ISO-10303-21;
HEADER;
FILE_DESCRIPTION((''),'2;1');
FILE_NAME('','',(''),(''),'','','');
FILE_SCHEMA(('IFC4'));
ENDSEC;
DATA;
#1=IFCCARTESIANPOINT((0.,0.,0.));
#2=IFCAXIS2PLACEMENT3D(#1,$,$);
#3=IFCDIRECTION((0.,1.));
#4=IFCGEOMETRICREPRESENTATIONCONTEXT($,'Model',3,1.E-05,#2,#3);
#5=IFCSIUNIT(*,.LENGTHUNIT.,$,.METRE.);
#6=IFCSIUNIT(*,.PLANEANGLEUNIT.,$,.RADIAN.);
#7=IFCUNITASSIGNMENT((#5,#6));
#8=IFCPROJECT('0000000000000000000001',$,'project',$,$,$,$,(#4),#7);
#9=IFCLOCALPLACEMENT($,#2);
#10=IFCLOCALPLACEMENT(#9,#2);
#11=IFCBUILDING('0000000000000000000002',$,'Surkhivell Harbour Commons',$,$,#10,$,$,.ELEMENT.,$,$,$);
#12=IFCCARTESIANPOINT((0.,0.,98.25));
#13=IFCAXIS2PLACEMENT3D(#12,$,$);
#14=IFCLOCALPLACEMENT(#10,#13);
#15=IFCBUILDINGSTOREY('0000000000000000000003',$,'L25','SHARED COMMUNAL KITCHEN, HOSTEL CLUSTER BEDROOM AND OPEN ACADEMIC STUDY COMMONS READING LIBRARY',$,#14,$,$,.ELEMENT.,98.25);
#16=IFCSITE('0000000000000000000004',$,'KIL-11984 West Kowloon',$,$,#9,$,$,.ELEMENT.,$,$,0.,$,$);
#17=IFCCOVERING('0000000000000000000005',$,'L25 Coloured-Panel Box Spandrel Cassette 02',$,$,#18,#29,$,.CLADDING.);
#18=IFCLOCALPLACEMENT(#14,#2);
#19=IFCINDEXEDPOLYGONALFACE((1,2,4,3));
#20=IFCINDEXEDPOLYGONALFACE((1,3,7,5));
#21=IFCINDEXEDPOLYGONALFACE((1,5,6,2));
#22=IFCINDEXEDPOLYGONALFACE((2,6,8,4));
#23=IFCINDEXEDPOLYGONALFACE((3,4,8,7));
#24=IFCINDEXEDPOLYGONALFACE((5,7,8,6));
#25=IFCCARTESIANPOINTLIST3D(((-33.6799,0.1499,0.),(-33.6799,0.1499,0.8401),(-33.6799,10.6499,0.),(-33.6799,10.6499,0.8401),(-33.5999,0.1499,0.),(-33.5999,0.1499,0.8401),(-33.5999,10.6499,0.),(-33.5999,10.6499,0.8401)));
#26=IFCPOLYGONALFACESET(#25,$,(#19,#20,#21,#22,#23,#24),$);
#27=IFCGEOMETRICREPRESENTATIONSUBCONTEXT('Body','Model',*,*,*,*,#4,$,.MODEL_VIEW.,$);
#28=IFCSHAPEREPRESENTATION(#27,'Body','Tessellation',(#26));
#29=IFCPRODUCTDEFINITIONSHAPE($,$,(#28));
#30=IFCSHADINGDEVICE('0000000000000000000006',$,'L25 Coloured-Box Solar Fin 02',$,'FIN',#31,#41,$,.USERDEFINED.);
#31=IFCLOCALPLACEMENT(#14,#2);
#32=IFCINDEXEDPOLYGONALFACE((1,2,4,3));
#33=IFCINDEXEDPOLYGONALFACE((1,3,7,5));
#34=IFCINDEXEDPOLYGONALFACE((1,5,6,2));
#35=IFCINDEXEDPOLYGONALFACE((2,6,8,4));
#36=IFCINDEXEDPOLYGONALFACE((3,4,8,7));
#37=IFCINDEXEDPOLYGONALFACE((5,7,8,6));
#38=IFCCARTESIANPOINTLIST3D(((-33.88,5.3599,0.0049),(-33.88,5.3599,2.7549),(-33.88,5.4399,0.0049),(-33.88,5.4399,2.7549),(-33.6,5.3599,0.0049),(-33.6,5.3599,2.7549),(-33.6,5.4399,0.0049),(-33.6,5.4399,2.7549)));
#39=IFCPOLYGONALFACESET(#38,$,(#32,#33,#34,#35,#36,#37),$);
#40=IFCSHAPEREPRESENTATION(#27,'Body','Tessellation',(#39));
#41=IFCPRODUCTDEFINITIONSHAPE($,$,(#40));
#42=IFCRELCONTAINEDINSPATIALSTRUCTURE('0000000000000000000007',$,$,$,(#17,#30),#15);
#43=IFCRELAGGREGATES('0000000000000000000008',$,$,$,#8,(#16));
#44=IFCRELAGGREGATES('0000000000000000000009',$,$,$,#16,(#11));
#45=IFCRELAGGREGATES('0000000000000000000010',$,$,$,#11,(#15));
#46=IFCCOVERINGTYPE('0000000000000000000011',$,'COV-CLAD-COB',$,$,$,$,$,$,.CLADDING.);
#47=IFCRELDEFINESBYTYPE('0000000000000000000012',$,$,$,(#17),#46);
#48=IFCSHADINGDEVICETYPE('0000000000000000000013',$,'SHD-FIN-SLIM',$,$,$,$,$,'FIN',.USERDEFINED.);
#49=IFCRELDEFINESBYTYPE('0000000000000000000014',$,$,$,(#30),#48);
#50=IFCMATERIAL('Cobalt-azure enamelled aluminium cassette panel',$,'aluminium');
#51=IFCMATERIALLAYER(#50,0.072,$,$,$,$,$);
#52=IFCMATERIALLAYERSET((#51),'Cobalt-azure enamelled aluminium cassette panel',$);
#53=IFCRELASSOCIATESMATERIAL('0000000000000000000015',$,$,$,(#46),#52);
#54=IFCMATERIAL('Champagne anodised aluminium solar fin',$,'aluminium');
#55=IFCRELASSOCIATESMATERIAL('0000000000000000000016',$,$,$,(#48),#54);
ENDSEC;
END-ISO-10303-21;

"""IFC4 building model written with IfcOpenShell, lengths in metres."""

from ifc_helpers import new_model, si_unit, direction, frame, origin, origin_2d, place, context, subcontext, project, spatial, rectangle, extrude, material, layer, layer_set, type_object, element, save


model = new_model("IFC4")

# Units and contexts
model_context = context("Model", 3, precision=1e-05, world=origin(), true_north=direction((0.0, 1.0)))
body_context = subcontext(model_context, "Body", "Model", "MODEL_VIEW")
ifc_project = project(units=[si_unit("LENGTHUNIT", "METRE"), si_unit("PLANEANGLEUNIT", "RADIAN")], contexts=[model_context])

# Site, building, storey
site_placement = place(None, origin())
site = spatial("IfcSite", under=ifc_project, at=site_placement, Name="KIL-11984 West Kowloon", CompositionType="ELEMENT", RefElevation=0.0)
building_placement = place(site_placement, origin())
building = spatial("IfcBuilding", under=site, at=building_placement, Name="Surkhivell Harbour Commons", CompositionType="ELEMENT")
storey_placement = place(building_placement, frame((0.0, 0.0, 98.25)))
storey = spatial("IfcBuildingStorey", under=building, at=storey_placement, Name="L25", Description="SHARED COMMUNAL KITCHEN, HOSTEL CLUSTER BEDROOM AND OPEN ACADEMIC STUDY COMMONS READING LIBRARY", CompositionType="ELEMENT", Elevation=98.25)

# Covering
ifc_material_1 = material(Name="Cobalt-azure enamelled aluminium cassette panel", Category="aluminium")
ifc_layer_1 = layer(ifc_material_1, 0.072)
ifc_layer_set_1 = layer_set([ifc_layer_1], Name="Cobalt-azure enamelled aluminium cassette panel")
covering_type = type_object("IfcCoveringType", Name="COV-CLAD-COB", PredefinedType="CLADDING", material=ifc_layer_set_1)
covering_placement = place(storey_placement, frame((-33.6399, 5.3999, 0.0), z_axis=(0.0, 0.0, 1.0), x_axis=(1.0, 0.0, 0.0)))
element("IfcCovering", 1, at=covering_placement, inside=storey, type_object=covering_type, Name="L25 Coloured-Panel Box Spandrel Cassette 02", PredefinedType="CLADDING", context=body_context, shape_type="SweptSolid", body=[
    extrude(rectangle(XDim=0.0801, YDim=10.5, at=origin_2d()), origin(), (0.0, 0.0, 1.0), 0.8401),
])

# Shading device
ifc_material_2 = material(Name="Champagne anodised aluminium solar fin", Category="aluminium")
shading_device_type = type_object("IfcShadingDeviceType", Name="SHD-FIN-SLIM", ElementType="FIN", PredefinedType="USERDEFINED", material=ifc_material_2)
shading_device_placement = place(storey_placement, frame((-33.74, 5.3999, 0.0049), z_axis=(0.0, 0.0, 1.0), x_axis=(1.0, 0.0, 0.0)))
element("IfcShadingDevice", 2, at=shading_device_placement, inside=storey, type_object=shading_device_type, Name="L25 Coloured-Box Solar Fin 02", ObjectType="FIN", PredefinedType="USERDEFINED", context=body_context, shape_type="SweptSolid", body=[
    extrude(rectangle(XDim=0.28, YDim=0.0801, at=origin_2d()), origin(), (0.0, 0.0, 1.0), 2.75),
])

save(model, "model.ifc")
